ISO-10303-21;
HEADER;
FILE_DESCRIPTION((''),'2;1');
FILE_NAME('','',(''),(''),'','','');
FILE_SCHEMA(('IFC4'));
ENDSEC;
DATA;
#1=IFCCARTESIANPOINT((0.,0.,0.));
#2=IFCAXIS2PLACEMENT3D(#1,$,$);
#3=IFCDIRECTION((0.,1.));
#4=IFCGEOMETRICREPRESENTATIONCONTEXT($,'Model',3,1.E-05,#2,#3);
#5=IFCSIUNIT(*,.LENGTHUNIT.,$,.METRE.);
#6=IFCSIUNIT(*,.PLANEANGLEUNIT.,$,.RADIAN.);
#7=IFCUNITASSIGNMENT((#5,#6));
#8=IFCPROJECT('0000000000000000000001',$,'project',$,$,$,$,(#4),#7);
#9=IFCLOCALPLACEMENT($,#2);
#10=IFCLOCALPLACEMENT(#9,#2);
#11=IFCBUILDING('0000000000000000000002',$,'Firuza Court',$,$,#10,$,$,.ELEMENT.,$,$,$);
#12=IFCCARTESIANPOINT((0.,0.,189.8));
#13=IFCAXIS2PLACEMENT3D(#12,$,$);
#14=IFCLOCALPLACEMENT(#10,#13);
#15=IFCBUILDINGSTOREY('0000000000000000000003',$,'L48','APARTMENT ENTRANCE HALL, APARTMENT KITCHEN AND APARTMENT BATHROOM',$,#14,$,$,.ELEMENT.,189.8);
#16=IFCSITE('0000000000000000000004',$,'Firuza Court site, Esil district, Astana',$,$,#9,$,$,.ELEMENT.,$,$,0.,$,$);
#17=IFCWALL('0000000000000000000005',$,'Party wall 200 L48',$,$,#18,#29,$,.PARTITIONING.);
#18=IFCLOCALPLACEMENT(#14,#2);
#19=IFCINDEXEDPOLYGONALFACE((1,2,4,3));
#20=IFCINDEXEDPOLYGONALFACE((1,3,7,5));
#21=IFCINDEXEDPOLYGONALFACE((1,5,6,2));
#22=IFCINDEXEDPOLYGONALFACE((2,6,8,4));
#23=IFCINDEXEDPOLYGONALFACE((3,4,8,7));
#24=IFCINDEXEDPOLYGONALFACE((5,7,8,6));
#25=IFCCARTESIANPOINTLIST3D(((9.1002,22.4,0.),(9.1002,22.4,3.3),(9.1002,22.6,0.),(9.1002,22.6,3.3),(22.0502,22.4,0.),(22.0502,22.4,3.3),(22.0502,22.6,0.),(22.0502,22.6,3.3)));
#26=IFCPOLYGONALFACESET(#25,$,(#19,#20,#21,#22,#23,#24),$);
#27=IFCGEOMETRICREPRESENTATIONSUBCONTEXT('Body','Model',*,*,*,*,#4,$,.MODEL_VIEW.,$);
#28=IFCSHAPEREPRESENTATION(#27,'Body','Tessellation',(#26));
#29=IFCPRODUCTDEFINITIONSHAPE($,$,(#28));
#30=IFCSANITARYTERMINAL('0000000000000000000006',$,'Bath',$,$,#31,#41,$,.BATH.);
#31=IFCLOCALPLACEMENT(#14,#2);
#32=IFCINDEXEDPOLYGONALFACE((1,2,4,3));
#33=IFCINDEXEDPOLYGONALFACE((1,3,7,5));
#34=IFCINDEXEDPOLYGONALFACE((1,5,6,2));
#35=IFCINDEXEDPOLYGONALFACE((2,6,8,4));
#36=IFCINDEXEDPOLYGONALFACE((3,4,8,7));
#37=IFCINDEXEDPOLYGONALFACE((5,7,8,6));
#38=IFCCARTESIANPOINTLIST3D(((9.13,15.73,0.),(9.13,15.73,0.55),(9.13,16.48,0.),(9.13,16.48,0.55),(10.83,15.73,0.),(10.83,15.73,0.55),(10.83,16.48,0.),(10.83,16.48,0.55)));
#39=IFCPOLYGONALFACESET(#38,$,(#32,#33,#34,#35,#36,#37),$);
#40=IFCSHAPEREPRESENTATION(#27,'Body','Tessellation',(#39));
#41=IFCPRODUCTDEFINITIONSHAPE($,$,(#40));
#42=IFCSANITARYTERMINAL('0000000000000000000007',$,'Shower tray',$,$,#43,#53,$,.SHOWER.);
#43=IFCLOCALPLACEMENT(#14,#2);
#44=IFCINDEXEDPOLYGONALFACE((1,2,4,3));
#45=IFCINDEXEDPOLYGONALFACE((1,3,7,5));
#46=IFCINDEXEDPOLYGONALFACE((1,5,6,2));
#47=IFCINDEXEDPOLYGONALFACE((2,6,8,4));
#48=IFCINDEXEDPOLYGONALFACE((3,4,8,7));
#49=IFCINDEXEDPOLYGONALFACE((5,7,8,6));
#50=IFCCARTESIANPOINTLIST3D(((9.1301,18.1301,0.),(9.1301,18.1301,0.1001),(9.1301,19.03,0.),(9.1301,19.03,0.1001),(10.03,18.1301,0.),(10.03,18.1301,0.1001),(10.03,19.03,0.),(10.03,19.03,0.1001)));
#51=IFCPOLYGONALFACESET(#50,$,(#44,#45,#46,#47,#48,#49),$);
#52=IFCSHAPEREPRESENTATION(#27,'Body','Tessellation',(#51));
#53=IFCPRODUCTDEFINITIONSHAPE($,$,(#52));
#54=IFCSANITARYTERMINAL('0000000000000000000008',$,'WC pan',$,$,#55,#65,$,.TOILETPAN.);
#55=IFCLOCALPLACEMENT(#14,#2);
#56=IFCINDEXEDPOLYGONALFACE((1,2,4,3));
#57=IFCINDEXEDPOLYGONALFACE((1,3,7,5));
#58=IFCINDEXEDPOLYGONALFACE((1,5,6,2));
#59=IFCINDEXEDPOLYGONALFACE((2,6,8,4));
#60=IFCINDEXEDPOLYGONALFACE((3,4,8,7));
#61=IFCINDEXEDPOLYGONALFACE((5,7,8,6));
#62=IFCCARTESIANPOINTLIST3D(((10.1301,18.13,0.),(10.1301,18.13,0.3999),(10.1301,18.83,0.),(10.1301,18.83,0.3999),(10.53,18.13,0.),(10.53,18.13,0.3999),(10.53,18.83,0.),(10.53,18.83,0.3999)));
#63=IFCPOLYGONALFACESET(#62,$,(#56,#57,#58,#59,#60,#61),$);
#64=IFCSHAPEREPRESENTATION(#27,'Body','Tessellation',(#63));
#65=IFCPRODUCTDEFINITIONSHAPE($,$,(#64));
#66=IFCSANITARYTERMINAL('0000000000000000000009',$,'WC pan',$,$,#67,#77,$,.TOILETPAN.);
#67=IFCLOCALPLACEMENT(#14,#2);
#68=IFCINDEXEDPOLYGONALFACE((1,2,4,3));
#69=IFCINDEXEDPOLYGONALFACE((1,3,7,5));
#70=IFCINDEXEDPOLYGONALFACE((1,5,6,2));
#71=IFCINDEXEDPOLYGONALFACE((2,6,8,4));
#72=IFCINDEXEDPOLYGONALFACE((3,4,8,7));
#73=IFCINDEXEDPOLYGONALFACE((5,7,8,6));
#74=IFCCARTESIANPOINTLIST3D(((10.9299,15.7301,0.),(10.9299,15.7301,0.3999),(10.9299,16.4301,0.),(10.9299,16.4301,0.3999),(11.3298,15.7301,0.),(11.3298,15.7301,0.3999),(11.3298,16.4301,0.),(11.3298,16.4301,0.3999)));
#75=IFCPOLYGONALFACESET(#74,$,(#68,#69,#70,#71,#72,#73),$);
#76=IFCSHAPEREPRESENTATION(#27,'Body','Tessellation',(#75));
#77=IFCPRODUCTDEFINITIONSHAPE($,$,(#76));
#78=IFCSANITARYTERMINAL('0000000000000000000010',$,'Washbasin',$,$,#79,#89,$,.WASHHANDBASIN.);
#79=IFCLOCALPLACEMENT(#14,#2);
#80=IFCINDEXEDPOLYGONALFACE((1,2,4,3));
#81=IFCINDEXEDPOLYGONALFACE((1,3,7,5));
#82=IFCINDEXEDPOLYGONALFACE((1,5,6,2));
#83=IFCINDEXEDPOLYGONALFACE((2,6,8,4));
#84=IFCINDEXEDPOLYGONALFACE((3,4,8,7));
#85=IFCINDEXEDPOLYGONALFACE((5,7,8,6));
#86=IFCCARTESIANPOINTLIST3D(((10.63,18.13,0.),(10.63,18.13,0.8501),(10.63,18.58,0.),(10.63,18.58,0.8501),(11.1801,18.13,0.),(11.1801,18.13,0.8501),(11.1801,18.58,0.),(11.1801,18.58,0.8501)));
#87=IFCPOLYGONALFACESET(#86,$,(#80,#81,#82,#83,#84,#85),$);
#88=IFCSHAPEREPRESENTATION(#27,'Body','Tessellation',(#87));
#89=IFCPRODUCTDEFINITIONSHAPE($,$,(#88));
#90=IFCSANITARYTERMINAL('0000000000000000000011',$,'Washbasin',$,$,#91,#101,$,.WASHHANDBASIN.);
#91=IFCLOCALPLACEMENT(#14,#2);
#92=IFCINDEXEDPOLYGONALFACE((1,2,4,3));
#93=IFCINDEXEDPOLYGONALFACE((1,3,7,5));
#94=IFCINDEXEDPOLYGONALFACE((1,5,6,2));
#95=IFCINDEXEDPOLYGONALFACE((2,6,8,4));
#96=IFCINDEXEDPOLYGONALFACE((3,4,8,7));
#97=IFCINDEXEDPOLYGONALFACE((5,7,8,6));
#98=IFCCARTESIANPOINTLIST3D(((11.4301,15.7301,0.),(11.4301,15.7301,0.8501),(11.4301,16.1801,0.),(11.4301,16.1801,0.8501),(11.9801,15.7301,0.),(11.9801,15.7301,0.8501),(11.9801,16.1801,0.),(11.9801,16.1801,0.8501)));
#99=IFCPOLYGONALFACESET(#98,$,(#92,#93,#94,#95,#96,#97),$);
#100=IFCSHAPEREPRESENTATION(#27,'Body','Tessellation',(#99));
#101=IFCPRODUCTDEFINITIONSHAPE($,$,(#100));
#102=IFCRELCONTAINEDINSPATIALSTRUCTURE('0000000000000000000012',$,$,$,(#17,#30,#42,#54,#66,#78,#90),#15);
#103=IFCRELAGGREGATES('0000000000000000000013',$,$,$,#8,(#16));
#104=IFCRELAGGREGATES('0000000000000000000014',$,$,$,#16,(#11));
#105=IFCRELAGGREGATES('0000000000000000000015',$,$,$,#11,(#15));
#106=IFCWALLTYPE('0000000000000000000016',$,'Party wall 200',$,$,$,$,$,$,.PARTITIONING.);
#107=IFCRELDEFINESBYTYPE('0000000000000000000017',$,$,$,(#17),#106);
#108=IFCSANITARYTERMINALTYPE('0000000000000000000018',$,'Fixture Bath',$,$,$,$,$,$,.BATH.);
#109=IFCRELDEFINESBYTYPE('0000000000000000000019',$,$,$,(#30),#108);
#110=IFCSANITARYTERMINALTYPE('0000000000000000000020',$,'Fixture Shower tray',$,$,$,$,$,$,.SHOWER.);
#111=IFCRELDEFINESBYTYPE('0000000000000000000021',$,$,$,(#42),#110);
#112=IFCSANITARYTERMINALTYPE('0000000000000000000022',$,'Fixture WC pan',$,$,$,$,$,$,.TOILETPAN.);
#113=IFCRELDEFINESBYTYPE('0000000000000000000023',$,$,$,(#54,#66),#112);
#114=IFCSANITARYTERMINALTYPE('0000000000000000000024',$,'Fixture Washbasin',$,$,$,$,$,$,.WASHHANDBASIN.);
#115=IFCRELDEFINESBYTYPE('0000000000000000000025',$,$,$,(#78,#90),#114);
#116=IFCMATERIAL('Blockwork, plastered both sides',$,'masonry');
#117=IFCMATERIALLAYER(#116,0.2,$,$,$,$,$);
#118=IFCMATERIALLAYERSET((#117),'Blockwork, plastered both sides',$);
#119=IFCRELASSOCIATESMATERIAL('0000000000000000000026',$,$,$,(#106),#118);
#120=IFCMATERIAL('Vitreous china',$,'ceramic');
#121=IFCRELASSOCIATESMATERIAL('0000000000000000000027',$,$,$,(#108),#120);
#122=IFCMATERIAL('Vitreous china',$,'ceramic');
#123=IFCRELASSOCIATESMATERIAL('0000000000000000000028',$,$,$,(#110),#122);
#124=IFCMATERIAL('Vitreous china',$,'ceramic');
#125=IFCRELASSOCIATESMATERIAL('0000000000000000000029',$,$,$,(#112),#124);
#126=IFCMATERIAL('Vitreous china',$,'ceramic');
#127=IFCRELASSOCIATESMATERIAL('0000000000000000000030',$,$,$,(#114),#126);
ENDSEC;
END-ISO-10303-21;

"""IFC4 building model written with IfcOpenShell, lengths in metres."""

from ifc_helpers import new_model, si_unit, direction, frame, frame_2d, origin, origin_2d, place, context, subcontext, project, spatial, rectangle, extrude, material, layer, layer_set, type_object, element, save


model = new_model("IFC4")

# Units and contexts
model_context = context("Model", 3, precision=1e-05, world=origin(), true_north=direction((0.0, 1.0)))
body_context = subcontext(model_context, "Body", "Model", "MODEL_VIEW")
ifc_project = project(units=[si_unit("LENGTHUNIT", "METRE"), si_unit("PLANEANGLEUNIT", "RADIAN")], contexts=[model_context])

# Site, building, storey
site_placement = place(None, origin())
site = spatial("IfcSite", under=ifc_project, at=site_placement, Name="Firuza Court site, Esil district, Astana", CompositionType="ELEMENT", RefElevation=0.0)
building_placement = place(site_placement, origin())
building = spatial("IfcBuilding", under=site, at=building_placement, Name="Firuza Court", CompositionType="ELEMENT")
storey_placement = place(building_placement, frame((0.0, 0.0, 189.8)))
storey = spatial("IfcBuildingStorey", under=building, at=storey_placement, Name="L48", Description="APARTMENT ENTRANCE HALL, APARTMENT KITCHEN AND APARTMENT BATHROOM", CompositionType="ELEMENT", Elevation=189.8)

# Wall
ifc_material_1 = material(Name="Blockwork, plastered both sides", Category="masonry")
ifc_layer_1 = layer(ifc_material_1, 0.2)
ifc_layer_set_1 = layer_set([ifc_layer_1], Name="Blockwork, plastered both sides")
wall_type_1 = type_object("IfcWallType", Name="Party wall 200", PredefinedType="PARTITIONING", material=ifc_layer_set_1)
wall_1_placement = place(storey_placement, frame((9.1001, 22.5, 0.0), z_axis=(0.0, 0.0, 1.0), x_axis=(1.0, 0.0, 0.0)))
element("IfcWall", 1, at=wall_1_placement, inside=storey, type_object=wall_type_1, Name="Party wall 200 L48", PredefinedType="PARTITIONING", context=body_context, shape_type="SweptSolid", body=[
    extrude(rectangle(XDim=12.95, YDim=0.2, at=frame_2d((6.4751, 0.0))), origin(), (0.0, 0.0, 1.0), 3.3),
])

# Sanitary terminals
ifc_material_2 = material(Name="Vitreous china", Category="ceramic")
sanitary_terminal_type_1 = type_object("IfcSanitaryTerminalType", Name="Fixture Bath", PredefinedType="BATH", material=ifc_material_2)
sanitary_terminal_1_placement = place(storey_placement, frame((9.98, 16.105, 0.0), z_axis=(0.0, 0.0, 1.0), x_axis=(1.0, 0.0, 0.0)))
element("IfcSanitaryTerminal", 2, at=sanitary_terminal_1_placement, inside=storey, type_object=sanitary_terminal_type_1, Name="Bath", PredefinedType="BATH", context=body_context, shape_type="SweptSolid", body=[
    extrude(rectangle(XDim=1.7, YDim=0.75, at=origin_2d()), origin(), (0.0, 0.0, 1.0), 0.55),
])
ifc_material_3 = material(Name="Vitreous china", Category="ceramic")
sanitary_terminal_type_2 = type_object("IfcSanitaryTerminalType", Name="Fixture Shower tray", PredefinedType="SHOWER", material=ifc_material_3)
sanitary_terminal_2_placement = place(storey_placement, frame((9.5801, 18.5801, 0.0), z_axis=(0.0, 0.0, 1.0), x_axis=(1.0, 0.0, 0.0)))
element("IfcSanitaryTerminal", 3, at=sanitary_terminal_2_placement, inside=storey, type_object=sanitary_terminal_type_2, Name="Shower tray", PredefinedType="SHOWER", context=body_context, shape_type="SweptSolid", body=[
    extrude(rectangle(XDim=0.8999, YDim=0.8999, at=origin_2d()), origin(), (0.0, 0.0, 1.0), 0.1001),
])
ifc_material_4 = material(Name="Vitreous china", Category="ceramic")
sanitary_terminal_type_3 = type_object("IfcSanitaryTerminalType", Name="Fixture WC pan", PredefinedType="TOILETPAN", material=ifc_material_4)
for number, where, z_axis, x_axis, name in (
    (4, (10.3301, 18.48, 0.0), (0.0, 0.0, 1.0), (1.0, 0.0, 0.0), "WC pan"),
    (5, (11.1299, 16.0801, 0.0), (0.0, 0.0, 1.0), (1.0, 0.0, 0.0), "WC pan"),
):
    element("IfcSanitaryTerminal", number, at=place(storey_placement, frame(where, z_axis=z_axis, x_axis=x_axis)), inside=storey, type_object=sanitary_terminal_type_3, Name=name, PredefinedType="TOILETPAN", context=body_context, shape_type="SweptSolid", body=[
        extrude(rectangle(XDim=0.3999, YDim=0.7, at=origin_2d()), origin(), (0.0, 0.0, 1.0), 0.3999),
    ])
ifc_material_5 = material(Name="Vitreous china", Category="ceramic")
sanitary_terminal_type_4 = type_object("IfcSanitaryTerminalType", Name="Fixture Washbasin", PredefinedType="WASHHANDBASIN", material=ifc_material_5)
for number, where, z_axis, x_axis, name in (
    (6, (10.905, 18.355, 0.0), (0.0, 0.0, 1.0), (1.0, 0.0, 0.0), "Washbasin"),
    (7, (11.7051, 15.9551, 0.0), (0.0, 0.0, 1.0), (1.0, 0.0, 0.0), "Washbasin"),
):
    element("IfcSanitaryTerminal", number, at=place(storey_placement, frame(where, z_axis=z_axis, x_axis=x_axis)), inside=storey, type_object=sanitary_terminal_type_4, Name=name, PredefinedType="WASHHANDBASIN", context=body_context, shape_type="SweptSolid", body=[
        extrude(rectangle(XDim=0.55, YDim=0.45, at=origin_2d()), origin(), (0.0, 0.0, 1.0), 0.8501),
    ])

save(model, "model.ifc")
